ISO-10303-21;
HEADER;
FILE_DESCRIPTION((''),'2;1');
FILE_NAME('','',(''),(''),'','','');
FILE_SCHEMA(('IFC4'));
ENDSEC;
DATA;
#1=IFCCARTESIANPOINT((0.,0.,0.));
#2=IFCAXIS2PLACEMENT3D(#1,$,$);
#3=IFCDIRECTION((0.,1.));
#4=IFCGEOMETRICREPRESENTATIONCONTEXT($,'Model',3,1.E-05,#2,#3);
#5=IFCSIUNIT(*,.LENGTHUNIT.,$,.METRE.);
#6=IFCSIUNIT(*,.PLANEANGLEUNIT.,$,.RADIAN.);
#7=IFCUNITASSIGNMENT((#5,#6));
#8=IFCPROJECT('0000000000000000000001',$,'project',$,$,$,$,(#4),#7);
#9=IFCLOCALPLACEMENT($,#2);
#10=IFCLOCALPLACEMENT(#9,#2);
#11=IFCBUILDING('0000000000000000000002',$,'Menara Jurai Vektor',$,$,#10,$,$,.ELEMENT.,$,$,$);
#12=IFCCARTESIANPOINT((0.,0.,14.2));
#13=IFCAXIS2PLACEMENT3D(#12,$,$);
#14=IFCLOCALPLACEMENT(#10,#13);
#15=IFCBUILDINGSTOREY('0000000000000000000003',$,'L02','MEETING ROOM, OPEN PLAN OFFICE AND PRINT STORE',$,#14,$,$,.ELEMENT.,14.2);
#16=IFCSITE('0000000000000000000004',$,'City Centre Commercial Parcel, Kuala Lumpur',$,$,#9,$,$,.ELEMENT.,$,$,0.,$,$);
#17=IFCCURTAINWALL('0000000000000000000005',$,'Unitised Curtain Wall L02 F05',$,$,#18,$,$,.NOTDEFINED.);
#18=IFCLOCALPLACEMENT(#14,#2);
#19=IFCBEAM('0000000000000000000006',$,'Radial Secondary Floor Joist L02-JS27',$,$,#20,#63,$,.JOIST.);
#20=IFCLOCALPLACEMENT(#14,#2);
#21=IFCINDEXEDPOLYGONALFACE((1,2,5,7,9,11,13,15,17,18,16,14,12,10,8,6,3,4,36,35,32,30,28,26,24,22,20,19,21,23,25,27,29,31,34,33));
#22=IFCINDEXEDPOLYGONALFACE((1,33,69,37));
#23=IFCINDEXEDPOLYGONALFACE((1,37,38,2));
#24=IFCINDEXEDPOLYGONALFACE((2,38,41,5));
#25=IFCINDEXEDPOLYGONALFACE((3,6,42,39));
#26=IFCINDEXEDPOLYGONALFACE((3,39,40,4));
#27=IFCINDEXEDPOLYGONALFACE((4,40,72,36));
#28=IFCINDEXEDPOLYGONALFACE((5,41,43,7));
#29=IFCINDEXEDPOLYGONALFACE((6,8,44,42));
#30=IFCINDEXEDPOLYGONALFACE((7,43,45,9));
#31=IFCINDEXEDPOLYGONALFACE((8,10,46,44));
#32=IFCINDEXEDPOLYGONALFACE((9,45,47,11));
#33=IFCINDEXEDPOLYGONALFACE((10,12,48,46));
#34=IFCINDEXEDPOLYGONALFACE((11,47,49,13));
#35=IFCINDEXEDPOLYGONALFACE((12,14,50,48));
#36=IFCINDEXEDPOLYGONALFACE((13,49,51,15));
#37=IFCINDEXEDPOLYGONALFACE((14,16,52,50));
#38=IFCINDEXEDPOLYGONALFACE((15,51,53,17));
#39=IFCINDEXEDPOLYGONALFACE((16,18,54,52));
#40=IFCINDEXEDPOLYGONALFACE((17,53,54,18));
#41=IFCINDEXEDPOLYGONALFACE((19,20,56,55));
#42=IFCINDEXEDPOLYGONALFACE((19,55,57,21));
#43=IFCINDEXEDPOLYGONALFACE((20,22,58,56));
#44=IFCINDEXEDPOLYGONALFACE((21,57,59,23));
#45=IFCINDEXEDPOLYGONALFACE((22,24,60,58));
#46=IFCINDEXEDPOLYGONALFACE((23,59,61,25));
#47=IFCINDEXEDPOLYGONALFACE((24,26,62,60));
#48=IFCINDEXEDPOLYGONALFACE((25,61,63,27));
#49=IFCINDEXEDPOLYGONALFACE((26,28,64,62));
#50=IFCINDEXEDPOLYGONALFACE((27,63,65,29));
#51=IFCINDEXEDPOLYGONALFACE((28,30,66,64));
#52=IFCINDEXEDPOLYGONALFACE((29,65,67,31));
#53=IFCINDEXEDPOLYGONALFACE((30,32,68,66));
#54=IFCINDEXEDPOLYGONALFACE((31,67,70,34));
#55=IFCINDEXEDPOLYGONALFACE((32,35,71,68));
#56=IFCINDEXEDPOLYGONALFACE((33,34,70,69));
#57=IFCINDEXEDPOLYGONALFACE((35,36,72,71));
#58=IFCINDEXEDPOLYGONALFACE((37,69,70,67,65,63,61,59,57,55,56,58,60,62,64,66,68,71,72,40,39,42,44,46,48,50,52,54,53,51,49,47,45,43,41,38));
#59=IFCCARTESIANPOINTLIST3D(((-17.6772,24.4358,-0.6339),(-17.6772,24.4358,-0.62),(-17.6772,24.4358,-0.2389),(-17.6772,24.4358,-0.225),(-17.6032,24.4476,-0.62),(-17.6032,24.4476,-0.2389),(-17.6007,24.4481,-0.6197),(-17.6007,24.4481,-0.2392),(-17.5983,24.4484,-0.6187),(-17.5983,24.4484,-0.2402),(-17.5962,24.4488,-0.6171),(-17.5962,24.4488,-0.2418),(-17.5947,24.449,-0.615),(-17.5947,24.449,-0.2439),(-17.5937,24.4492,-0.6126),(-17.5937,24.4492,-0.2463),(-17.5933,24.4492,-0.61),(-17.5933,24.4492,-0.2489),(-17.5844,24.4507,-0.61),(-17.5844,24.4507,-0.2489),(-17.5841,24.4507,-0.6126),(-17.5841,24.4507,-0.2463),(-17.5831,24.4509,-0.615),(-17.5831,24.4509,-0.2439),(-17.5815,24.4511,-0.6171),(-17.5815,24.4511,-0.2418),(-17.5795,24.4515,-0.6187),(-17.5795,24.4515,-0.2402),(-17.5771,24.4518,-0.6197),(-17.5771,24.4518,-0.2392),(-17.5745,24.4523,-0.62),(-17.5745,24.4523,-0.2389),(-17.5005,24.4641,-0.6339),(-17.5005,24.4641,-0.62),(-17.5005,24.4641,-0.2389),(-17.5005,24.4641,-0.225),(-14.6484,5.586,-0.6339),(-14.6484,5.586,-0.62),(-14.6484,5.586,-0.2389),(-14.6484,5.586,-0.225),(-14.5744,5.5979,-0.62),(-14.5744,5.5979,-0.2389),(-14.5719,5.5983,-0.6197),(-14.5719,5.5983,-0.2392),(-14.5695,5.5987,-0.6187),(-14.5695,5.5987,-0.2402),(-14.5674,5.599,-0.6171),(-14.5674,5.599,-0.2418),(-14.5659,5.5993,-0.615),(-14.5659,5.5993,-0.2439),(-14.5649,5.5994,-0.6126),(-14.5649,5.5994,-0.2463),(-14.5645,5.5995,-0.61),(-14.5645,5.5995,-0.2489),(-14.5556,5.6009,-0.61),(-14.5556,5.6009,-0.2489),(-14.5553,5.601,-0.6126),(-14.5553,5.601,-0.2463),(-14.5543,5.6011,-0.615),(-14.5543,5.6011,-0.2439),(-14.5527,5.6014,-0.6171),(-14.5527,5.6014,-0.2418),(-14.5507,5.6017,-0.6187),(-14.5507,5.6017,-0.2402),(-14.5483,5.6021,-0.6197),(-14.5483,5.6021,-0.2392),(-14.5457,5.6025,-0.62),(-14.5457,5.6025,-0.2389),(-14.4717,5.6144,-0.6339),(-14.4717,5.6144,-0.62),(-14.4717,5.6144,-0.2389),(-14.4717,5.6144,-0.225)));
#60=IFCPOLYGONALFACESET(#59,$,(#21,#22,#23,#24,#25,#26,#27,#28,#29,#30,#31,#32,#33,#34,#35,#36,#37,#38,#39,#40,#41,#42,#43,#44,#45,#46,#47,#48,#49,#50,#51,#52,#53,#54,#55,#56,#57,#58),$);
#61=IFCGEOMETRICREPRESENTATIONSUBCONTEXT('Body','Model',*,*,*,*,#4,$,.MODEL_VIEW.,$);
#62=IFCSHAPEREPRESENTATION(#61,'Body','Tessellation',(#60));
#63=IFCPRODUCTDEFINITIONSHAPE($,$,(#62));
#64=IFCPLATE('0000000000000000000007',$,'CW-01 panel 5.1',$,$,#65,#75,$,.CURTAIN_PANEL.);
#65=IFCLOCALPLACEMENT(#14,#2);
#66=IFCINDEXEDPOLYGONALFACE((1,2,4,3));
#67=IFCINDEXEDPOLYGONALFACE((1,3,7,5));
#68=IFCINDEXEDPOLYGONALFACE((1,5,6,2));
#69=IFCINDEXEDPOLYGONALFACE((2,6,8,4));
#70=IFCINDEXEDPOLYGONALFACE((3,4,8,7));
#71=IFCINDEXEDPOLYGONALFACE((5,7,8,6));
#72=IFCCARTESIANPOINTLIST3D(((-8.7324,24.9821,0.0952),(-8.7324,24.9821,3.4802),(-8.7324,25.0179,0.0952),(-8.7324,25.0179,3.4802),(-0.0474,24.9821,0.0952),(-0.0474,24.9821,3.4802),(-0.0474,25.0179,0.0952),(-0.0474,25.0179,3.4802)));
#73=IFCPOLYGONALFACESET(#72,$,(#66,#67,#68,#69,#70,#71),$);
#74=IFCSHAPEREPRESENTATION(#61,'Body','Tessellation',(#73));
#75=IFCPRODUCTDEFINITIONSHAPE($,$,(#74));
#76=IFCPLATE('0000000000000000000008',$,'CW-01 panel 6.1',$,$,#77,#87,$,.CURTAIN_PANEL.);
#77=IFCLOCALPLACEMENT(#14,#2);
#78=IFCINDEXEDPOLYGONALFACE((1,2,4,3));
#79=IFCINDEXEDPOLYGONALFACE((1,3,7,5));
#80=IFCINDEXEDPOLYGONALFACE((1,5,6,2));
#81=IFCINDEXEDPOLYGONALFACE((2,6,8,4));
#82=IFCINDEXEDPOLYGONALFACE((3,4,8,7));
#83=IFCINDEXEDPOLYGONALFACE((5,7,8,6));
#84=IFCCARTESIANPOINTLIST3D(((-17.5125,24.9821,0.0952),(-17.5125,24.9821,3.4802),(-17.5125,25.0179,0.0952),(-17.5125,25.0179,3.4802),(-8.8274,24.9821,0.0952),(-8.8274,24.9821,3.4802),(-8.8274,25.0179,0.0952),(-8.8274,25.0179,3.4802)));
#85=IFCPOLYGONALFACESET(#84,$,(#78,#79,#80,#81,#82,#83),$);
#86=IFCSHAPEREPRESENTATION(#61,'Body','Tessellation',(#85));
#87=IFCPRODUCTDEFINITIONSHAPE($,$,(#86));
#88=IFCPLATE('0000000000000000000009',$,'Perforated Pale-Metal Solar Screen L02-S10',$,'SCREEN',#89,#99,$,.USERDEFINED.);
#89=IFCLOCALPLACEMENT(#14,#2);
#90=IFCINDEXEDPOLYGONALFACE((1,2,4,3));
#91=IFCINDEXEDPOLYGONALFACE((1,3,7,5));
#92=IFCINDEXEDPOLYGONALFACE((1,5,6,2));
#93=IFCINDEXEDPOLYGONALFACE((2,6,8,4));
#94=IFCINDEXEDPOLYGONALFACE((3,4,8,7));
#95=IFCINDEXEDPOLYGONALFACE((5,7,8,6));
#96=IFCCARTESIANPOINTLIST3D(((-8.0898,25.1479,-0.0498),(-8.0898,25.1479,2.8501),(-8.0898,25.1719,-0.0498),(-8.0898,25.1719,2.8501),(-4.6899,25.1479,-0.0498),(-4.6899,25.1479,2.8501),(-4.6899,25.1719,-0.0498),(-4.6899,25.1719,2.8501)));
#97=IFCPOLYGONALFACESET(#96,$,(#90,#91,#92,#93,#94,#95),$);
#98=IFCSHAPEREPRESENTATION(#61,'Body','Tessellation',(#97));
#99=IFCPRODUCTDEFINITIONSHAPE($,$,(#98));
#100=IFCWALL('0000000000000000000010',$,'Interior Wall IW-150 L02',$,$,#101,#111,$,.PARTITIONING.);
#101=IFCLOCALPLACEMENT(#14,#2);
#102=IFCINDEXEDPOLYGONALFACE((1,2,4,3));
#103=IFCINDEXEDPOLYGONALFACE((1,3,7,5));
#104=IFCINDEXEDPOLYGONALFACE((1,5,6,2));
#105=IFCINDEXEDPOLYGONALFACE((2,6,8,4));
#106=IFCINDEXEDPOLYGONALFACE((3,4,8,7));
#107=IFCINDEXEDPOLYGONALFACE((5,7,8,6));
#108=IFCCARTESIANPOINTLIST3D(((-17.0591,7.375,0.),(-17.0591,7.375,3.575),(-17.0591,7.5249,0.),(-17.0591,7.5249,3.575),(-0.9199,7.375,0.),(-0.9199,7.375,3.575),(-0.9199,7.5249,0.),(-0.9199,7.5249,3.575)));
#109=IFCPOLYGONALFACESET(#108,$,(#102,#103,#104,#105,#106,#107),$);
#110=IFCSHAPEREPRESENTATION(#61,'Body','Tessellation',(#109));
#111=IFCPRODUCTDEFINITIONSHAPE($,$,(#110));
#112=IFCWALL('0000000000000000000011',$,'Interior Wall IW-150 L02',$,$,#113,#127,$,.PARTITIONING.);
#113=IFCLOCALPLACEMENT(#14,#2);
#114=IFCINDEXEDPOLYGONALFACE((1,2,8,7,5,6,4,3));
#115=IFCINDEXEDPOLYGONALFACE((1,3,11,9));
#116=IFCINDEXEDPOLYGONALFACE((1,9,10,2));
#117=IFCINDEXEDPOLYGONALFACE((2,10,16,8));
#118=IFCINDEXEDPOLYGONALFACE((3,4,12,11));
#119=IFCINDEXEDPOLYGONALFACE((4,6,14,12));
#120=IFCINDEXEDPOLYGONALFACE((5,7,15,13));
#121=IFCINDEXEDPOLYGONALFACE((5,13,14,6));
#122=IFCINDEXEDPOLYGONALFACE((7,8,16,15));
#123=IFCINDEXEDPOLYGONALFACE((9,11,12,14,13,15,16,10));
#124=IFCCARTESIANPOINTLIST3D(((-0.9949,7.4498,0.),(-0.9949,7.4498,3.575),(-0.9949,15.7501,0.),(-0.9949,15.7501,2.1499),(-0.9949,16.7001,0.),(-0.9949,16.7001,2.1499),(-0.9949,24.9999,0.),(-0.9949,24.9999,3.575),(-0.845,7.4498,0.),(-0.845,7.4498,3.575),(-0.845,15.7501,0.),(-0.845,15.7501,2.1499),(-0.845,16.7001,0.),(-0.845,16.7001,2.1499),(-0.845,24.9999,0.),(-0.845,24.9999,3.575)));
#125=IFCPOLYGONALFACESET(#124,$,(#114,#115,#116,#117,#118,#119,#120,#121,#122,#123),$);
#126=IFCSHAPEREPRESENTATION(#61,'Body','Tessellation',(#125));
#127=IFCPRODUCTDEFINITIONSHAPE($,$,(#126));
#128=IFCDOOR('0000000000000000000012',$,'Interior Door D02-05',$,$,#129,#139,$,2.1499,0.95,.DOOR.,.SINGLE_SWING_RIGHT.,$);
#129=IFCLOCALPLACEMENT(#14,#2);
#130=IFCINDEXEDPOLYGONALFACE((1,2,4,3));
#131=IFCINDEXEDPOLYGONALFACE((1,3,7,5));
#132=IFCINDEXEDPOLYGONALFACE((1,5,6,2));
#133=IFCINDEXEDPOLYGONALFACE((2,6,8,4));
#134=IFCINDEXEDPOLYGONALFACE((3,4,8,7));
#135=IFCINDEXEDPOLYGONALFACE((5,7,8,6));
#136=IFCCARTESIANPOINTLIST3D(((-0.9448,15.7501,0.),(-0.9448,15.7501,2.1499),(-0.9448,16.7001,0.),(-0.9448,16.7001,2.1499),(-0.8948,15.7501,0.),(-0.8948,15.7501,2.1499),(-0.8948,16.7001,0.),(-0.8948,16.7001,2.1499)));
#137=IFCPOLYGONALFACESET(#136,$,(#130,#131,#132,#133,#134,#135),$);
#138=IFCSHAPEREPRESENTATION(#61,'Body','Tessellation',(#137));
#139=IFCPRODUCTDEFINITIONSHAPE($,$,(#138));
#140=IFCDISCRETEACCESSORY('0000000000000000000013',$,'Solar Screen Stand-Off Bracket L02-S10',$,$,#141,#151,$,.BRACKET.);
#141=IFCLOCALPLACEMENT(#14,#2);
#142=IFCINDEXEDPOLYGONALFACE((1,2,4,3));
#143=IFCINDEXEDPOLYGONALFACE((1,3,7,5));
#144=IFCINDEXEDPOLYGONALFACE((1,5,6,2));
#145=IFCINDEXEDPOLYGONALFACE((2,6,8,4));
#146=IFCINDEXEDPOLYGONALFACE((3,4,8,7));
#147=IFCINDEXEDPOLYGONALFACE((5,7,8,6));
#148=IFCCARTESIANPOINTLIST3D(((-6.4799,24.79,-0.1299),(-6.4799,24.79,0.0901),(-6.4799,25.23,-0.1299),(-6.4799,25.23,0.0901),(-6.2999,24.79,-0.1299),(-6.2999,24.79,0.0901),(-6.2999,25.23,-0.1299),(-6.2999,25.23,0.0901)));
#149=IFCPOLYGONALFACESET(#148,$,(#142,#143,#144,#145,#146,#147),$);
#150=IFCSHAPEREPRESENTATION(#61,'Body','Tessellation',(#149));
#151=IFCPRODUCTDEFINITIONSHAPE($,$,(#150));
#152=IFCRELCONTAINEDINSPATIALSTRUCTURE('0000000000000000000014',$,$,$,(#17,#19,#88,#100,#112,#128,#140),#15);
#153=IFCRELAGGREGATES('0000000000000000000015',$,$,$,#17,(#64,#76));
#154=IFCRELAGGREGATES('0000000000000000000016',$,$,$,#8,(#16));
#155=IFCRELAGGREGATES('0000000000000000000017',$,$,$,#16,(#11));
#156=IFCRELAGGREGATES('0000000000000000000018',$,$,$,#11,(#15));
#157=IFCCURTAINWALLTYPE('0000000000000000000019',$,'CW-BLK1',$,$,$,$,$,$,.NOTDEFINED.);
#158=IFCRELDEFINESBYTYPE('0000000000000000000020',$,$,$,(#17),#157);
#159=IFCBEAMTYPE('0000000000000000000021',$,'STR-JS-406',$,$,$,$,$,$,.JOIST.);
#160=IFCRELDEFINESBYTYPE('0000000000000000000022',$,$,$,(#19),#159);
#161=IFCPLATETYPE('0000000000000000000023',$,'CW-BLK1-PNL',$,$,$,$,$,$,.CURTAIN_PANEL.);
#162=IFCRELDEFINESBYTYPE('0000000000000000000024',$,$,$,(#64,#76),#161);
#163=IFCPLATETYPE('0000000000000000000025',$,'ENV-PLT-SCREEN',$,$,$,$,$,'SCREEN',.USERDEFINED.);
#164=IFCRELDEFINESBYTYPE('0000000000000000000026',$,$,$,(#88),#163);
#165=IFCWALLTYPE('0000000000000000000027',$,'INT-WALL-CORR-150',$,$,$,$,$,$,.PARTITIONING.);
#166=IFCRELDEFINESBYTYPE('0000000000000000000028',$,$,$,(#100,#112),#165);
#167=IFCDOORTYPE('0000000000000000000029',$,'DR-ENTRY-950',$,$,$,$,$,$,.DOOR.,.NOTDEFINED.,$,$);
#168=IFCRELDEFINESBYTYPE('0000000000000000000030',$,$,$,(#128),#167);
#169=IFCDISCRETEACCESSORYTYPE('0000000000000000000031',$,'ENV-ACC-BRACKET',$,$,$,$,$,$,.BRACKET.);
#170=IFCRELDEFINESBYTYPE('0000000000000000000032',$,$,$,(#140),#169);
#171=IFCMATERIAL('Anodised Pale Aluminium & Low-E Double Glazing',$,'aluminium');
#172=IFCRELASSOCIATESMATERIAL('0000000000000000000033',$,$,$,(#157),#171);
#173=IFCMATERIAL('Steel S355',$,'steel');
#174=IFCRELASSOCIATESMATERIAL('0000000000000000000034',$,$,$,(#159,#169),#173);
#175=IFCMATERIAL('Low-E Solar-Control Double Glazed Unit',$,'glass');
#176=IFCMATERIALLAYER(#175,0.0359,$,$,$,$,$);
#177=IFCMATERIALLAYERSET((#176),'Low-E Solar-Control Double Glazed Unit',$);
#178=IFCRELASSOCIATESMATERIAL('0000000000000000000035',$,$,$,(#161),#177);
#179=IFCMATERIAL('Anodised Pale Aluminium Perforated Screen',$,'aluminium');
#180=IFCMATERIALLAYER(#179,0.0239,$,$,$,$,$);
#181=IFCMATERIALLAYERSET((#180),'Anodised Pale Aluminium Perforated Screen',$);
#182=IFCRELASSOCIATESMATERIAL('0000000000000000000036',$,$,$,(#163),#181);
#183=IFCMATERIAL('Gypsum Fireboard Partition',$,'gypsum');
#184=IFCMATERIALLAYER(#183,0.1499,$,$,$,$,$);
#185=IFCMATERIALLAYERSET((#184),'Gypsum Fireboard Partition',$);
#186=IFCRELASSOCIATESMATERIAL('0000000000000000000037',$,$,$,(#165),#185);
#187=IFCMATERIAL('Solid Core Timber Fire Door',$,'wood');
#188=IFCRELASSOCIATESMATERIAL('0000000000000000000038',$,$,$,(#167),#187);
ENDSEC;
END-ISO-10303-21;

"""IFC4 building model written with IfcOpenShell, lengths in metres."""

from ifc_helpers import new_model, si_unit, direction, frame, frame_2d, origin, origin_2d, place, context, subcontext, project, spatial, rectangle, i_section, extrude, material, layer, layer_set, material_profile, profile_set, type_object, element, fill, aggregate, save


model = new_model("IFC4")

# Units and contexts
model_context = context("Model", 3, precision=1e-05, world=origin(), true_north=direction((0.0, 1.0)))
body_context = subcontext(model_context, "Body", "Model", "MODEL_VIEW")
ifc_project = project(units=[si_unit("LENGTHUNIT", "METRE"), si_unit("PLANEANGLEUNIT", "RADIAN")], contexts=[model_context])

# Site, building, storey
site_placement = place(None, origin())
site = spatial("IfcSite", under=ifc_project, at=site_placement, Name="City Centre Commercial Parcel, Kuala Lumpur", CompositionType="ELEMENT", RefElevation=0.0)
building_placement = place(site_placement, origin())
building = spatial("IfcBuilding", under=site, at=building_placement, Name="Menara Jurai Vektor", CompositionType="ELEMENT")
storey_placement = place(building_placement, frame((0.0, 0.0, 14.2)))
storey = spatial("IfcBuildingStorey", under=building, at=storey_placement, Name="L02", Description="MEETING ROOM, OPEN PLAN OFFICE AND PRINT STORE", CompositionType="ELEMENT", Elevation=14.2)

# Curtain wall
ifc_material_1 = material(Name="Anodised Pale Aluminium & Low-E Double Glazing", Category="aluminium")
curtain_wall_type = type_object("IfcCurtainWallType", Name="CW-BLK1", PredefinedType="NOTDEFINED", material=ifc_material_1)
curtain_wall_placement = place(storey_placement, origin())
curtain_wall = element("IfcCurtainWall", 1, at=curtain_wall_placement, inside=storey, type_object=curtain_wall_type, Name="Unitised Curtain Wall L02 F05", PredefinedType="NOTDEFINED")

# Beam
ifc_material_2 = material(Name="Steel S355", Category="steel")
ifc_material_profile_1 = material_profile(ifc_material_2, i_section(OverallWidth=0.179, OverallDepth=0.4089, WebThickness=0.009, FlangeThickness=0.0139, FilletRadius=0.01, at=origin_2d()), Name="UKB 406x178x67")
ifc_profile_set_1 = profile_set([ifc_material_profile_1], Name="Steel S355")
beam_type_1 = type_object("IfcBeamType", Name="STR-JS-406", PredefinedType="JOIST", material=ifc_profile_set_1)
beam_1_placement = place(storey_placement, frame((-17.5889, 24.45, -0.4294), z_axis=(0.158646, -0.987336, 0.0), x_axis=(0.987336, 0.158646, 0.0)))
element("IfcBeam", 2, at=beam_1_placement, inside=storey, type_object=beam_type_1, Name="Radial Secondary Floor Joist L02-JS27", PredefinedType="JOIST", context=body_context, shape_type="SweptSolid", body=[
    extrude(i_section(OverallWidth=0.179, OverallDepth=0.4089, WebThickness=0.009, FlangeThickness=0.0139, FilletRadius=0.01, at=origin_2d()), origin(), (0.0, 0.0, 1.0), 19.0916),
])

# Plates
ifc_material_3 = material(Name="Low-E Solar-Control Double Glazed Unit", Category="glass")
ifc_layer_1 = layer(ifc_material_3, 0.0359)
ifc_layer_set_1 = layer_set([ifc_layer_1], Name="Low-E Solar-Control Double Glazed Unit")
plate_type_1 = type_object("IfcPlateType", Name="CW-BLK1-PNL", PredefinedType="CURTAIN_PANEL", material=ifc_layer_set_1)
plate_1_placement = place(storey_placement, frame((-4.3899, 25.0, 0.0952), z_axis=(0.0, 0.0, 1.0), x_axis=(-1.0, 0.0, 0.0)))
plate_1 = element("IfcPlate", 3, at=plate_1_placement, type_object=plate_type_1, Name="CW-01 panel 5.1", PredefinedType="CURTAIN_PANEL", context=body_context, shape_type="SweptSolid", body=[
    extrude(rectangle(XDim=8.6851, YDim=0.0359, at=origin_2d()), origin(), (0.0, 0.0, 1.0), 3.385),
])
plate_2_placement = place(storey_placement, frame((-13.1699, 25.0, 0.0952), z_axis=(0.0, 0.0, 1.0), x_axis=(-1.0, 0.0, 0.0)))
plate_2 = element("IfcPlate", 4, at=plate_2_placement, type_object=plate_type_1, Name="CW-01 panel 6.1", PredefinedType="CURTAIN_PANEL", context=body_context, shape_type="SweptSolid", body=[
    extrude(rectangle(XDim=8.6851, YDim=0.0359, at=origin_2d()), origin(), (0.0, 0.0, 1.0), 3.385),
])
aggregate(curtain_wall, [plate_1, plate_2])
ifc_material_4 = material(Name="Anodised Pale Aluminium Perforated Screen", Category="aluminium")
ifc_layer_2 = layer(ifc_material_4, 0.0239)
ifc_layer_set_2 = layer_set([ifc_layer_2], Name="Anodised Pale Aluminium Perforated Screen")
plate_type_2 = type_object("IfcPlateType", Name="ENV-PLT-SCREEN", ElementType="SCREEN", PredefinedType="USERDEFINED", material=ifc_layer_set_2)
plate_3_placement = place(storey_placement, frame((-6.3899, 25.1599, -0.0498), z_axis=(0.0, 0.0, 1.0), x_axis=(-1.0, 0.0, 0.0)))
element("IfcPlate", 5, at=plate_3_placement, inside=storey, type_object=plate_type_2, Name="Perforated Pale-Metal Solar Screen L02-S10", ObjectType="SCREEN", PredefinedType="USERDEFINED", context=body_context, shape_type="SweptSolid", body=[
    extrude(rectangle(XDim=3.3999, YDim=0.0239, at=origin_2d()), origin(), (0.0, 0.0, 1.0), 2.8999),
])

# Wall
ifc_material_5 = material(Name="Gypsum Fireboard Partition", Category="gypsum")
ifc_layer_3 = layer(ifc_material_5, 0.1499)
ifc_layer_set_3 = layer_set([ifc_layer_3], Name="Gypsum Fireboard Partition")
wall_type = type_object("IfcWallType", Name="INT-WALL-CORR-150", PredefinedType="PARTITIONING", material=ifc_layer_set_3)
wall_1_placement = place(storey_placement, frame((-17.0591, 7.45, 0.0), z_axis=(0.0, 0.0, 1.0), x_axis=(1.0, 0.0, 0.0)))
element("IfcWall", 6, at=wall_1_placement, inside=storey, type_object=wall_type, Name="Interior Wall IW-150 L02", PredefinedType="PARTITIONING", context=body_context, shape_type="SweptSolid", body=[
    extrude(rectangle(XDim=16.1392, YDim=0.1499, at=frame_2d((8.0696, 0.0))), origin(), (0.0, 0.0, 1.0), 3.575),
])

# Wall, opening, door
wall_2_placement = place(storey_placement, frame((-0.9199, 7.45, 0.0), z_axis=(0.0, 0.0, 1.0), x_axis=(0.0, 1.0, 0.0)))
wall_2 = element("IfcWall", 7, at=wall_2_placement, inside=storey, type_object=wall_type, Name="Interior Wall IW-150 L02", PredefinedType="PARTITIONING", context=body_context, shape_type="SweptSolid", body=[
    extrude(rectangle(XDim=17.55, YDim=0.1499, at=frame_2d((8.7749, 0.0))), origin(), (0.0, 0.0, 1.0), 3.575),
])
opening_placement = place(wall_2_placement, frame((8.3, 0.0, 0.0)))
opening = element("IfcOpeningElement", 8, at=opening_placement, cuts=wall_2, PredefinedType="OPENING", context=body_context, shape_type="SweptSolid", body=[
    extrude(rectangle(XDim=0.95, YDim=2.1499, at=frame_2d((0.4751, 1.075))), frame((0.0, 0.085, 0.0), z_axis=(0.0, -1.0, 0.0), x_axis=(1.0, 0.0, 0.0)), (0.0, 0.0, 1.0), 0.1699),
])
ifc_material_6 = material(Name="Solid Core Timber Fire Door", Category="wood")
door_type = type_object("IfcDoorType", Name="DR-ENTRY-950", OperationType="NOTDEFINED", PredefinedType="DOOR", material=ifc_material_6)
door_placement = place(opening_placement, origin())
door = element("IfcDoor", 9, at=door_placement, inside=storey, type_object=door_type, Name="Interior Door D02-05", OperationType="SINGLE_SWING_RIGHT", OverallHeight=2.1499, OverallWidth=0.95, PredefinedType="DOOR", context=body_context, shape_type="SweptSolid", body=[
    extrude(rectangle(XDim=0.95, YDim=2.1499, at=frame_2d((0.4751, 1.075))), frame((0.0, 0.0249, 0.0), z_axis=(0.0, -1.0, 0.0), x_axis=(1.0, 0.0, 0.0)), (0.0, 0.0, 1.0), 0.05),
])
fill(opening, door)

# Discrete accessory
discrete_accessory_type = type_object("IfcDiscreteAccessoryType", Name="ENV-ACC-BRACKET", PredefinedType="BRACKET", material=ifc_material_2)
discrete_accessory_placement = place(storey_placement, frame((-6.3899, 25.01, -0.1299), z_axis=(0.0, 0.0, 1.0), x_axis=(-1.0, 0.0, 0.0)))
element("IfcDiscreteAccessory", 10, at=discrete_accessory_placement, inside=storey, type_object=discrete_accessory_type, Name="Solar Screen Stand-Off Bracket L02-S10", PredefinedType="BRACKET", context=body_context, shape_type="SweptSolid", body=[
    extrude(rectangle(XDim=0.1799, YDim=0.4399, at=origin_2d()), origin(), (0.0, 0.0, 1.0), 0.22),
])

save(model, "model.ifc")
